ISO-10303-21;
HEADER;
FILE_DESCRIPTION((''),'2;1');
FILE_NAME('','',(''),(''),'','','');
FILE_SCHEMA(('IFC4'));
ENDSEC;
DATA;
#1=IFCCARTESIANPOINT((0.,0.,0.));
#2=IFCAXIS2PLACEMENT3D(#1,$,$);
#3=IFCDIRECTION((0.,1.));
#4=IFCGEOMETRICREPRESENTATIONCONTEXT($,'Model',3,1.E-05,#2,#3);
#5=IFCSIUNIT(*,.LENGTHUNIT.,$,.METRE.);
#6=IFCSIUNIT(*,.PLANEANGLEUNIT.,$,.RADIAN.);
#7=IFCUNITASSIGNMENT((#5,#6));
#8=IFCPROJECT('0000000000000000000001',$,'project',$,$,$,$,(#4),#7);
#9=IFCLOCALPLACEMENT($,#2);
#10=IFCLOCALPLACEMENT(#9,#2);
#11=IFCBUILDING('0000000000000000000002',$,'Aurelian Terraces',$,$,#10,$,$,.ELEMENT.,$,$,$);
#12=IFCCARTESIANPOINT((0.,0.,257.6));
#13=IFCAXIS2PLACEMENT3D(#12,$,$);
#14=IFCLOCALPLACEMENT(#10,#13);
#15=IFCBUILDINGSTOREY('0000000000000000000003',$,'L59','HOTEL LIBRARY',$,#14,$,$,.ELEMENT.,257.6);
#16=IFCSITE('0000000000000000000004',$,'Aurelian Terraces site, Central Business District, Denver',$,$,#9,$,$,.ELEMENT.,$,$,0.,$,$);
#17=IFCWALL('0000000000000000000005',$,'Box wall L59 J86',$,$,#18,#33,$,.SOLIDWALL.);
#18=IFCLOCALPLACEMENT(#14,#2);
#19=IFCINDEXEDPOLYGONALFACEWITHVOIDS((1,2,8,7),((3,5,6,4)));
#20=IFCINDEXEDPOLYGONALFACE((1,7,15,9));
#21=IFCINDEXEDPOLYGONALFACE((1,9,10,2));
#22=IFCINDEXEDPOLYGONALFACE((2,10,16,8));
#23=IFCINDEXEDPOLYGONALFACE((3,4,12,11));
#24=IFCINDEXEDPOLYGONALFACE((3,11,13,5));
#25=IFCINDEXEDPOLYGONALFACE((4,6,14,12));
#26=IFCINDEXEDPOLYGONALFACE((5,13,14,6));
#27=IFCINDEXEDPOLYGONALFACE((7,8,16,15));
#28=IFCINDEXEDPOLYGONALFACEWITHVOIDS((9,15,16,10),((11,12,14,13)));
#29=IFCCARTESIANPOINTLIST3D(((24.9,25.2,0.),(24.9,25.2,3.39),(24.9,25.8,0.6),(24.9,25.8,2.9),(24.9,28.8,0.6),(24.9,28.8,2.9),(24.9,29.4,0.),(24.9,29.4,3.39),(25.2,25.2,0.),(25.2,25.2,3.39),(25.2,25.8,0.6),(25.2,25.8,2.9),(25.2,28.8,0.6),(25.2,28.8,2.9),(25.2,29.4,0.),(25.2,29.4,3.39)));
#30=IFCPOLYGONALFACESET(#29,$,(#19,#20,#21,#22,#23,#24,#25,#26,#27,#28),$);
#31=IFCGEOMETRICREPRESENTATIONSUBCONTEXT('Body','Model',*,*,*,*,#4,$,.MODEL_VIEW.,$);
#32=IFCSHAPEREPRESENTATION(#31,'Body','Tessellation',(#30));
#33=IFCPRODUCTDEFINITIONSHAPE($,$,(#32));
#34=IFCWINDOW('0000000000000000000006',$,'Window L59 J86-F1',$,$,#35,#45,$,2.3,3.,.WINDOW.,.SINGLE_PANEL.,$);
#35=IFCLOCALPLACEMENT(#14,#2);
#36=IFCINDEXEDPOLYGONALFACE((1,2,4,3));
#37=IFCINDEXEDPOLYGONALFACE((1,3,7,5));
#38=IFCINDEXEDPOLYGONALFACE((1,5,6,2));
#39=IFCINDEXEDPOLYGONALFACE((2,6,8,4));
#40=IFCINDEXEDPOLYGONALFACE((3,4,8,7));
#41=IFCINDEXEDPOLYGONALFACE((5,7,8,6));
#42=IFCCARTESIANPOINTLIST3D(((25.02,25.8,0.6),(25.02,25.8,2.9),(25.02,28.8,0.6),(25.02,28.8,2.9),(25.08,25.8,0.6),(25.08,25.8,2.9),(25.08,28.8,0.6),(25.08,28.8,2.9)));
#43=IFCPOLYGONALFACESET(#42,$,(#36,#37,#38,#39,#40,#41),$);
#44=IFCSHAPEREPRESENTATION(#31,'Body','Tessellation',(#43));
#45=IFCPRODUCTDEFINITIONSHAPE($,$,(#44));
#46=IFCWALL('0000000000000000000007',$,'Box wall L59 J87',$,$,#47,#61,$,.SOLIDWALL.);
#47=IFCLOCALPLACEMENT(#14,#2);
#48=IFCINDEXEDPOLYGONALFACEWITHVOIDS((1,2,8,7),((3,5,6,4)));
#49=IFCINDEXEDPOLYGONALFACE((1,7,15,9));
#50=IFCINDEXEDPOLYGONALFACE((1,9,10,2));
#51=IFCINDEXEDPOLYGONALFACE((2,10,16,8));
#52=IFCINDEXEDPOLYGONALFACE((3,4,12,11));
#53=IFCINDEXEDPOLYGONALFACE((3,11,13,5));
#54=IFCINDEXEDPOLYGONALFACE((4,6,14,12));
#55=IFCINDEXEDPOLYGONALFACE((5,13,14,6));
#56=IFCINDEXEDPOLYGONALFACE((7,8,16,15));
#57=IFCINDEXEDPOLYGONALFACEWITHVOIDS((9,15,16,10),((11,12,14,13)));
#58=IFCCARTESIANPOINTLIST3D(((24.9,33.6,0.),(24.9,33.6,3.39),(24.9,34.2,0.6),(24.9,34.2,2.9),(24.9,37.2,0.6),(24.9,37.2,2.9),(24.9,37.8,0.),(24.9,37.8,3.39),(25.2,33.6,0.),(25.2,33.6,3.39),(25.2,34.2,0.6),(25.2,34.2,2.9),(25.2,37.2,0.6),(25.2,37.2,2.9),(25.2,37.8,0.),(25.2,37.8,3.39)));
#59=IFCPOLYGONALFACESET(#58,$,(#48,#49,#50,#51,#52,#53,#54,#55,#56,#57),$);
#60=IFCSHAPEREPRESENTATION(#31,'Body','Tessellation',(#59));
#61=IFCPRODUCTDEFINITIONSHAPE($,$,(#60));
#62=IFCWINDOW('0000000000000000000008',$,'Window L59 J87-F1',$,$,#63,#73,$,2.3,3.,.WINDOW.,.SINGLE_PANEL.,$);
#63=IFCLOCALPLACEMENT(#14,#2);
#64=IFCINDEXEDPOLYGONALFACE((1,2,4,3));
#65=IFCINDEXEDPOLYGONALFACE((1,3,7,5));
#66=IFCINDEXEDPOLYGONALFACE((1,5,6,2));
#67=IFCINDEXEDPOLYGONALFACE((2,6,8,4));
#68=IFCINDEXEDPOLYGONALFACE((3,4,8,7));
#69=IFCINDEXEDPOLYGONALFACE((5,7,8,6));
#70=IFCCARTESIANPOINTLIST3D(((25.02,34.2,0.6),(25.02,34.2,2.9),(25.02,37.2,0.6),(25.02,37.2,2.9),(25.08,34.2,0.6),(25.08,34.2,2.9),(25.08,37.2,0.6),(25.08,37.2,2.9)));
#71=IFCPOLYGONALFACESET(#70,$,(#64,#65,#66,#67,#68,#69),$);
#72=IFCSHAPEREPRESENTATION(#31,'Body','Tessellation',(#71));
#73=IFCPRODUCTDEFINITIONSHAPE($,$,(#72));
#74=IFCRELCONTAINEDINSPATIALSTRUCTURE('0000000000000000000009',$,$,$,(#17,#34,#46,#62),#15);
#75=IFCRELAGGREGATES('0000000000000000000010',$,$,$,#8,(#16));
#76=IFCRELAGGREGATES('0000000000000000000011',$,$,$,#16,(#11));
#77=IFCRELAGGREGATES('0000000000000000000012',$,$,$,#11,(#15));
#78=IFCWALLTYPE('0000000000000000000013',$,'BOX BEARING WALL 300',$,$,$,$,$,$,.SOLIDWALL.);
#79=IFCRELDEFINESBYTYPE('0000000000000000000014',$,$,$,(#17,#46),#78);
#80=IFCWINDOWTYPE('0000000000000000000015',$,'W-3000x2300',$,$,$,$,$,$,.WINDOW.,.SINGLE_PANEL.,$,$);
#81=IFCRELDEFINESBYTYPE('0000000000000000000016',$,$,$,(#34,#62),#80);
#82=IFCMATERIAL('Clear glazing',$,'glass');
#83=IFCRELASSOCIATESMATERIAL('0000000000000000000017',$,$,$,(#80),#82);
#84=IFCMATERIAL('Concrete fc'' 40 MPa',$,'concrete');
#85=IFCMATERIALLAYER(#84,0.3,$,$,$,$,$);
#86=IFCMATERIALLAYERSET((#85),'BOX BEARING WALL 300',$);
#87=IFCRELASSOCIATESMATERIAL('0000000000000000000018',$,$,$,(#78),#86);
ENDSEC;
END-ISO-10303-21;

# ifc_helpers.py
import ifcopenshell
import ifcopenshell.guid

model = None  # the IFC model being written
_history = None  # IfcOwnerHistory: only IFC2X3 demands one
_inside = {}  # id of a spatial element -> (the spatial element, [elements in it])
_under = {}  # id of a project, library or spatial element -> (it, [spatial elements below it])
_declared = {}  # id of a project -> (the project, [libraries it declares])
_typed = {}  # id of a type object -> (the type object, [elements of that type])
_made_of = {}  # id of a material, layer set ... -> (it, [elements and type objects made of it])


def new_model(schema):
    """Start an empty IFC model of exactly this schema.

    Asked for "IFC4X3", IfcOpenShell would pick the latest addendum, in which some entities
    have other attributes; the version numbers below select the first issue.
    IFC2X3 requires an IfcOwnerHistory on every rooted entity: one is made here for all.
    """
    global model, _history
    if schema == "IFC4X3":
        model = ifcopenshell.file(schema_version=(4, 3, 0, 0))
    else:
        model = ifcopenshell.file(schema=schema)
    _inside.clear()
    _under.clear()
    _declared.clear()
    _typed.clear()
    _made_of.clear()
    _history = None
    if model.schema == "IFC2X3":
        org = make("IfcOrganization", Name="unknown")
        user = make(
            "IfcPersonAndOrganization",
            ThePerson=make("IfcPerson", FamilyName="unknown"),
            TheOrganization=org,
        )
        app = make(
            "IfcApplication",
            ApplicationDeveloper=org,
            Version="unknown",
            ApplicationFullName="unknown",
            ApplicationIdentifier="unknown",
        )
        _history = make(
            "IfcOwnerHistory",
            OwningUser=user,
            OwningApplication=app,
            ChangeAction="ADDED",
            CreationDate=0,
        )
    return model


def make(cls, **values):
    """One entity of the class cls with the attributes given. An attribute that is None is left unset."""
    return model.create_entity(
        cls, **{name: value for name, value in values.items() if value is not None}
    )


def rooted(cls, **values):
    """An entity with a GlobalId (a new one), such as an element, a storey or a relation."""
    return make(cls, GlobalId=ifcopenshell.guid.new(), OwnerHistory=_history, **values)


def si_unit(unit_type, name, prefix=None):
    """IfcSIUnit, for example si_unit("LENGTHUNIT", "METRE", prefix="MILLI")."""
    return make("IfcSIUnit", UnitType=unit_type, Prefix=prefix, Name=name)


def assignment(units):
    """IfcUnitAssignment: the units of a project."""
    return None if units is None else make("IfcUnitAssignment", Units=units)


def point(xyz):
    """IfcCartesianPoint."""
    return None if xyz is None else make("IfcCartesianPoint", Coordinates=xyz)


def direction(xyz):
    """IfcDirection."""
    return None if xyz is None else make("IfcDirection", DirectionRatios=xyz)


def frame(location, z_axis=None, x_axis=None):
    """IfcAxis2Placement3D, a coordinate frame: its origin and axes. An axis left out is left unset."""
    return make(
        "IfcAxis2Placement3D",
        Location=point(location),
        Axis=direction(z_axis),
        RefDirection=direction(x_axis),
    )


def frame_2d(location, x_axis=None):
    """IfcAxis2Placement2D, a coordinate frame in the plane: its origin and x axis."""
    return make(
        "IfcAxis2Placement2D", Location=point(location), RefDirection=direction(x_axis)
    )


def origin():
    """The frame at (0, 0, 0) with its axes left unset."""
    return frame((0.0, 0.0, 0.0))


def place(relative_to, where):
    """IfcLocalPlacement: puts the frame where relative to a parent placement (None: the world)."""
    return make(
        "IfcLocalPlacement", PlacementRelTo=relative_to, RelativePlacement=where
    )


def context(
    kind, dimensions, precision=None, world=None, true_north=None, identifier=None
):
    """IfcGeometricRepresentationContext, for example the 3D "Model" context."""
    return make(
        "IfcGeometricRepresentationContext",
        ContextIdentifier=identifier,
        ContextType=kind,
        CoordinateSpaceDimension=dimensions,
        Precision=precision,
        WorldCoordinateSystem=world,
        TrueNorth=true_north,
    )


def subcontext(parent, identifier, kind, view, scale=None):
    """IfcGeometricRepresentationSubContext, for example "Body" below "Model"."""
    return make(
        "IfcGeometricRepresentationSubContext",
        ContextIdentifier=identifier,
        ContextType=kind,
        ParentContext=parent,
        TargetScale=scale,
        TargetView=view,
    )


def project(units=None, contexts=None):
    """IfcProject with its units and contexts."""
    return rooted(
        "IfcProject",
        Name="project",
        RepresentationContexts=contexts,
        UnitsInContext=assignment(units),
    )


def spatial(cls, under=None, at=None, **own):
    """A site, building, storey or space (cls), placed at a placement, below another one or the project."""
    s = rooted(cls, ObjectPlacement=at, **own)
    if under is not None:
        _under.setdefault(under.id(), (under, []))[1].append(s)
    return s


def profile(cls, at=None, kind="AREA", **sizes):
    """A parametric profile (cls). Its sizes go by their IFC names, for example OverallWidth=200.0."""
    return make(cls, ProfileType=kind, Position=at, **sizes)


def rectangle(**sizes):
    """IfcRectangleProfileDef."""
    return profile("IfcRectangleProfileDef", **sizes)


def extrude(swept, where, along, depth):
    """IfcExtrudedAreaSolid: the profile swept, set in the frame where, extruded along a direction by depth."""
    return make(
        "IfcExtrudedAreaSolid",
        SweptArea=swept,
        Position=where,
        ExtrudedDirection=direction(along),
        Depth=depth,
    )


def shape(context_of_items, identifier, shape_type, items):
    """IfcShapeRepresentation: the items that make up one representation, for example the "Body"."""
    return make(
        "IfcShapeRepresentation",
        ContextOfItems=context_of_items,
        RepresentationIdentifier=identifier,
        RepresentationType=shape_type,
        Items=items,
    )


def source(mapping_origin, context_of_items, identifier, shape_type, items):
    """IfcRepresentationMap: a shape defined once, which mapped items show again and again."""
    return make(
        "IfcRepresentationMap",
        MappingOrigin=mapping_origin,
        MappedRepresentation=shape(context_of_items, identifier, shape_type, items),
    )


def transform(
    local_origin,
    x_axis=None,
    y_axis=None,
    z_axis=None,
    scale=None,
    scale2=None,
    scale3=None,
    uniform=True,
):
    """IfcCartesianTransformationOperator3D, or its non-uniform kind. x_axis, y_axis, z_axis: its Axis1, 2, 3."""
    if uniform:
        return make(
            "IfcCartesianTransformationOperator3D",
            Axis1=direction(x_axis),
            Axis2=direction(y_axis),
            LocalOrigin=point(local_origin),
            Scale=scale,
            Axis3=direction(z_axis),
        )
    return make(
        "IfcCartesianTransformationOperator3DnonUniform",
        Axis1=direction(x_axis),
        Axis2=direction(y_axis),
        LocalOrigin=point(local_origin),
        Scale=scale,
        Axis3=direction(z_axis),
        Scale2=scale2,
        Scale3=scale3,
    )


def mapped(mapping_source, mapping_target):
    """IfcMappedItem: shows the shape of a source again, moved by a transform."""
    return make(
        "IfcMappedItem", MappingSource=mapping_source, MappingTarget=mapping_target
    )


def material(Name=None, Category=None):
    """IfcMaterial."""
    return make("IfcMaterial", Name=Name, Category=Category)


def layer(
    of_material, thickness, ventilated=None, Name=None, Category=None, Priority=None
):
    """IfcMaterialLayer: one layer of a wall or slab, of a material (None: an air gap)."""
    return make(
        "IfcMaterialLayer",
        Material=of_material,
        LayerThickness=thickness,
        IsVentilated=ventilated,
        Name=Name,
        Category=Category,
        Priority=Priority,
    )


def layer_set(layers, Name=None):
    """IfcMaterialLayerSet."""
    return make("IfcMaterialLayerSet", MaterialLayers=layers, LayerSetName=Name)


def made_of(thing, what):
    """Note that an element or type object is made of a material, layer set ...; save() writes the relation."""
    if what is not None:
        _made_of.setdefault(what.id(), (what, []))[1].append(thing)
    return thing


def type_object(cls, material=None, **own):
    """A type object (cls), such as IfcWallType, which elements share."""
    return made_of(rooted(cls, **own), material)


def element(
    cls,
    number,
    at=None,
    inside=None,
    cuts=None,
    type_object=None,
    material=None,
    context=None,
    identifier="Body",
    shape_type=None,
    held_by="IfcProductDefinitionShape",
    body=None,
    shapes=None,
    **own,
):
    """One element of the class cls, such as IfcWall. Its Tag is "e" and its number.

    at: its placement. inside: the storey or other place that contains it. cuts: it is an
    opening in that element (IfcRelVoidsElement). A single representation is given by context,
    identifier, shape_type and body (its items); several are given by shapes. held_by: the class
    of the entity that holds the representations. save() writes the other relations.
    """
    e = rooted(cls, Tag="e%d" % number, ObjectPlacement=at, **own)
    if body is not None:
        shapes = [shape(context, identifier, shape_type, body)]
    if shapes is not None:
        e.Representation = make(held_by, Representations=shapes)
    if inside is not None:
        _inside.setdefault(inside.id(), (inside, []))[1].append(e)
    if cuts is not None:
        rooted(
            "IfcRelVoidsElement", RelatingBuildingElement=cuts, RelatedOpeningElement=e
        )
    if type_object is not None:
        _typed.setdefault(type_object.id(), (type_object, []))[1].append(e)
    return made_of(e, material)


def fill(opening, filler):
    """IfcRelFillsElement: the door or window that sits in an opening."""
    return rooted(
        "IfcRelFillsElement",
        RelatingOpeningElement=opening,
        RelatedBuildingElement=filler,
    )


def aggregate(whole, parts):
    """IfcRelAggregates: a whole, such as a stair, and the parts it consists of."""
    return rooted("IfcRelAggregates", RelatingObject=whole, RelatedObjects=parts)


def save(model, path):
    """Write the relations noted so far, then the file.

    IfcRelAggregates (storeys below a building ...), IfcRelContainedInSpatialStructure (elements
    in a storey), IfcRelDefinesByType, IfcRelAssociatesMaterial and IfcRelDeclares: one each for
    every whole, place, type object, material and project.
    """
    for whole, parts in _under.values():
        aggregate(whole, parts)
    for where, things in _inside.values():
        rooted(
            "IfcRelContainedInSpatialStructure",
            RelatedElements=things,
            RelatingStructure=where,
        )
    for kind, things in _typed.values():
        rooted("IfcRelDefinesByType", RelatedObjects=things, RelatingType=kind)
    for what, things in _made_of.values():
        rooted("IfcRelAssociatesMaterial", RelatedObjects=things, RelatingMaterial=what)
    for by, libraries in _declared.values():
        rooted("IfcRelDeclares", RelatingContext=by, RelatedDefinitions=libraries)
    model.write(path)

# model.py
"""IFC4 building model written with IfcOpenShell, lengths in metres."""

from ifc_helpers import new_model, si_unit, direction, frame, frame_2d, origin, place, context, subcontext, project, spatial, rectangle, extrude, source, transform, mapped, material, layer, layer_set, type_object, element, fill, save


model = new_model("IFC4")

# Units and contexts
model_context = context("Model", 3, precision=1e-05, world=origin(), true_north=direction((0.0, 1.0)))
body_context = subcontext(model_context, "Body", "Model", "MODEL_VIEW")
ifc_project = project(units=[si_unit("LENGTHUNIT", "METRE"), si_unit("PLANEANGLEUNIT", "RADIAN")], contexts=[model_context])

# Site, building, storey
site_placement = place(None, origin())
site = spatial("IfcSite", under=ifc_project, at=site_placement, Name="Aurelian Terraces site, Central Business District, Denver", CompositionType="ELEMENT", RefElevation=0.0)
building_placement = place(site_placement, origin())
building = spatial("IfcBuilding", under=site, at=building_placement, Name="Aurelian Terraces", CompositionType="ELEMENT")
storey_placement = place(building_placement, frame((0.0, 0.0, 257.6)))
storey = spatial("IfcBuildingStorey", under=building, at=storey_placement, Name="L59", Description="HOTEL LIBRARY", CompositionType="ELEMENT", Elevation=257.6)

# Walls, openings, windows
shared_shape_1 = source(origin(), body_context, "Body", "SweptSolid", [
    extrude(rectangle(XDim=3.0, YDim=2.3, at=frame_2d((1.5, 1.15))), frame((0.0, 0.16, 0.0), z_axis=(0.0, -1.0, 0.0), x_axis=(1.0, 0.0, 0.0)), (0.0, 0.0, 1.0), 0.32),
])
ifc_material_1 = material(Name="Clear glazing", Category="glass")
window_type_1 = type_object("IfcWindowType", Name="W-3000x2300", PartitioningType="SINGLE_PANEL", PredefinedType="WINDOW", material=ifc_material_1)
shared_shape_2 = source(origin(), body_context, "Body", "SweptSolid", [
    extrude(rectangle(XDim=3.0, YDim=2.3, at=frame_2d((1.5, 1.15))), frame((0.0, 0.03, 0.0), z_axis=(0.0, -1.0, 0.0), x_axis=(1.0, 0.0, 0.0)), (0.0, 0.0, 1.0), 0.06),
])
ifc_material_2 = material(Name="Concrete fc' 40 MPa", Category="concrete")
ifc_layer_1 = layer(ifc_material_2, 0.3)
ifc_layer_set_1 = layer_set([ifc_layer_1], Name="BOX BEARING WALL 300")
wall_type_1 = type_object("IfcWallType", Name="BOX BEARING WALL 300", PredefinedType="SOLIDWALL", material=ifc_layer_set_1)
shared_shape_3 = source(origin(), body_context, "Body", "SweptSolid", [
    extrude(rectangle(XDim=4.2, YDim=0.3, at=frame_2d((2.1, 0.0))), origin(), (0.0, 0.0, 1.0), 3.39),
])
wall_1_placement = place(storey_placement, frame((25.05, 25.2, 0.0), z_axis=(0.0, 0.0, 1.0), x_axis=(0.0, 1.0, 0.0)))
wall_1 = element("IfcWall", 1, at=wall_1_placement, inside=storey, type_object=wall_type_1, Name="Box wall L59 J86", PredefinedType="SOLIDWALL", context=body_context, shape_type="MappedRepresentation", body=[
    mapped(shared_shape_3, transform((0.0, 0.0, 0.0), scale=1.0)),
])
opening_1_placement = place(wall_1_placement, frame((0.6, 0.0, 0.6)))
opening_1 = element("IfcOpeningElement", 2, at=opening_1_placement, cuts=wall_1, PredefinedType="OPENING", context=body_context, shape_type="MappedRepresentation", body=[
    mapped(shared_shape_1, transform((0.0, 0.0, 0.0), scale=1.0)),
])
window_1_placement = place(opening_1_placement, origin())
window_1 = element("IfcWindow", 3, at=window_1_placement, inside=storey, type_object=window_type_1, Name="Window L59 J86-F1", OverallHeight=2.3, OverallWidth=3.0, PartitioningType="SINGLE_PANEL", PredefinedType="WINDOW", context=body_context, shape_type="MappedRepresentation", body=[
    mapped(shared_shape_2, transform((0.0, 0.0, 0.0), scale=1.0)),
])
fill(opening_1, window_1)
wall_2_placement = place(storey_placement, frame((25.05, 33.6, 0.0), z_axis=(0.0, 0.0, 1.0), x_axis=(0.0, 1.0, 0.0)))
wall_2 = element("IfcWall", 4, at=wall_2_placement, inside=storey, type_object=wall_type_1, Name="Box wall L59 J87", PredefinedType="SOLIDWALL", context=body_context, shape_type="MappedRepresentation", body=[
    mapped(shared_shape_3, transform((0.0, 0.0, 0.0), scale=1.0)),
])
opening_2_placement = place(wall_2_placement, frame((0.6, 0.0, 0.6)))
opening_2 = element("IfcOpeningElement", 5, at=opening_2_placement, cuts=wall_2, PredefinedType="OPENING", context=body_context, shape_type="MappedRepresentation", body=[
    mapped(shared_shape_1, transform((0.0, 0.0, 0.0), scale=1.0)),
])
window_2_placement = place(opening_2_placement, origin())
window_2 = element("IfcWindow", 6, at=window_2_placement, inside=storey, type_object=window_type_1, Name="Window L59 J87-F1", OverallHeight=2.3, OverallWidth=3.0, PartitioningType="SINGLE_PANEL", PredefinedType="WINDOW", context=body_context, shape_type="MappedRepresentation", body=[
    mapped(shared_shape_2, transform((0.0, 0.0, 0.0), scale=1.0)),
])
fill(opening_2, window_2)

save(model, "model.ifc")
